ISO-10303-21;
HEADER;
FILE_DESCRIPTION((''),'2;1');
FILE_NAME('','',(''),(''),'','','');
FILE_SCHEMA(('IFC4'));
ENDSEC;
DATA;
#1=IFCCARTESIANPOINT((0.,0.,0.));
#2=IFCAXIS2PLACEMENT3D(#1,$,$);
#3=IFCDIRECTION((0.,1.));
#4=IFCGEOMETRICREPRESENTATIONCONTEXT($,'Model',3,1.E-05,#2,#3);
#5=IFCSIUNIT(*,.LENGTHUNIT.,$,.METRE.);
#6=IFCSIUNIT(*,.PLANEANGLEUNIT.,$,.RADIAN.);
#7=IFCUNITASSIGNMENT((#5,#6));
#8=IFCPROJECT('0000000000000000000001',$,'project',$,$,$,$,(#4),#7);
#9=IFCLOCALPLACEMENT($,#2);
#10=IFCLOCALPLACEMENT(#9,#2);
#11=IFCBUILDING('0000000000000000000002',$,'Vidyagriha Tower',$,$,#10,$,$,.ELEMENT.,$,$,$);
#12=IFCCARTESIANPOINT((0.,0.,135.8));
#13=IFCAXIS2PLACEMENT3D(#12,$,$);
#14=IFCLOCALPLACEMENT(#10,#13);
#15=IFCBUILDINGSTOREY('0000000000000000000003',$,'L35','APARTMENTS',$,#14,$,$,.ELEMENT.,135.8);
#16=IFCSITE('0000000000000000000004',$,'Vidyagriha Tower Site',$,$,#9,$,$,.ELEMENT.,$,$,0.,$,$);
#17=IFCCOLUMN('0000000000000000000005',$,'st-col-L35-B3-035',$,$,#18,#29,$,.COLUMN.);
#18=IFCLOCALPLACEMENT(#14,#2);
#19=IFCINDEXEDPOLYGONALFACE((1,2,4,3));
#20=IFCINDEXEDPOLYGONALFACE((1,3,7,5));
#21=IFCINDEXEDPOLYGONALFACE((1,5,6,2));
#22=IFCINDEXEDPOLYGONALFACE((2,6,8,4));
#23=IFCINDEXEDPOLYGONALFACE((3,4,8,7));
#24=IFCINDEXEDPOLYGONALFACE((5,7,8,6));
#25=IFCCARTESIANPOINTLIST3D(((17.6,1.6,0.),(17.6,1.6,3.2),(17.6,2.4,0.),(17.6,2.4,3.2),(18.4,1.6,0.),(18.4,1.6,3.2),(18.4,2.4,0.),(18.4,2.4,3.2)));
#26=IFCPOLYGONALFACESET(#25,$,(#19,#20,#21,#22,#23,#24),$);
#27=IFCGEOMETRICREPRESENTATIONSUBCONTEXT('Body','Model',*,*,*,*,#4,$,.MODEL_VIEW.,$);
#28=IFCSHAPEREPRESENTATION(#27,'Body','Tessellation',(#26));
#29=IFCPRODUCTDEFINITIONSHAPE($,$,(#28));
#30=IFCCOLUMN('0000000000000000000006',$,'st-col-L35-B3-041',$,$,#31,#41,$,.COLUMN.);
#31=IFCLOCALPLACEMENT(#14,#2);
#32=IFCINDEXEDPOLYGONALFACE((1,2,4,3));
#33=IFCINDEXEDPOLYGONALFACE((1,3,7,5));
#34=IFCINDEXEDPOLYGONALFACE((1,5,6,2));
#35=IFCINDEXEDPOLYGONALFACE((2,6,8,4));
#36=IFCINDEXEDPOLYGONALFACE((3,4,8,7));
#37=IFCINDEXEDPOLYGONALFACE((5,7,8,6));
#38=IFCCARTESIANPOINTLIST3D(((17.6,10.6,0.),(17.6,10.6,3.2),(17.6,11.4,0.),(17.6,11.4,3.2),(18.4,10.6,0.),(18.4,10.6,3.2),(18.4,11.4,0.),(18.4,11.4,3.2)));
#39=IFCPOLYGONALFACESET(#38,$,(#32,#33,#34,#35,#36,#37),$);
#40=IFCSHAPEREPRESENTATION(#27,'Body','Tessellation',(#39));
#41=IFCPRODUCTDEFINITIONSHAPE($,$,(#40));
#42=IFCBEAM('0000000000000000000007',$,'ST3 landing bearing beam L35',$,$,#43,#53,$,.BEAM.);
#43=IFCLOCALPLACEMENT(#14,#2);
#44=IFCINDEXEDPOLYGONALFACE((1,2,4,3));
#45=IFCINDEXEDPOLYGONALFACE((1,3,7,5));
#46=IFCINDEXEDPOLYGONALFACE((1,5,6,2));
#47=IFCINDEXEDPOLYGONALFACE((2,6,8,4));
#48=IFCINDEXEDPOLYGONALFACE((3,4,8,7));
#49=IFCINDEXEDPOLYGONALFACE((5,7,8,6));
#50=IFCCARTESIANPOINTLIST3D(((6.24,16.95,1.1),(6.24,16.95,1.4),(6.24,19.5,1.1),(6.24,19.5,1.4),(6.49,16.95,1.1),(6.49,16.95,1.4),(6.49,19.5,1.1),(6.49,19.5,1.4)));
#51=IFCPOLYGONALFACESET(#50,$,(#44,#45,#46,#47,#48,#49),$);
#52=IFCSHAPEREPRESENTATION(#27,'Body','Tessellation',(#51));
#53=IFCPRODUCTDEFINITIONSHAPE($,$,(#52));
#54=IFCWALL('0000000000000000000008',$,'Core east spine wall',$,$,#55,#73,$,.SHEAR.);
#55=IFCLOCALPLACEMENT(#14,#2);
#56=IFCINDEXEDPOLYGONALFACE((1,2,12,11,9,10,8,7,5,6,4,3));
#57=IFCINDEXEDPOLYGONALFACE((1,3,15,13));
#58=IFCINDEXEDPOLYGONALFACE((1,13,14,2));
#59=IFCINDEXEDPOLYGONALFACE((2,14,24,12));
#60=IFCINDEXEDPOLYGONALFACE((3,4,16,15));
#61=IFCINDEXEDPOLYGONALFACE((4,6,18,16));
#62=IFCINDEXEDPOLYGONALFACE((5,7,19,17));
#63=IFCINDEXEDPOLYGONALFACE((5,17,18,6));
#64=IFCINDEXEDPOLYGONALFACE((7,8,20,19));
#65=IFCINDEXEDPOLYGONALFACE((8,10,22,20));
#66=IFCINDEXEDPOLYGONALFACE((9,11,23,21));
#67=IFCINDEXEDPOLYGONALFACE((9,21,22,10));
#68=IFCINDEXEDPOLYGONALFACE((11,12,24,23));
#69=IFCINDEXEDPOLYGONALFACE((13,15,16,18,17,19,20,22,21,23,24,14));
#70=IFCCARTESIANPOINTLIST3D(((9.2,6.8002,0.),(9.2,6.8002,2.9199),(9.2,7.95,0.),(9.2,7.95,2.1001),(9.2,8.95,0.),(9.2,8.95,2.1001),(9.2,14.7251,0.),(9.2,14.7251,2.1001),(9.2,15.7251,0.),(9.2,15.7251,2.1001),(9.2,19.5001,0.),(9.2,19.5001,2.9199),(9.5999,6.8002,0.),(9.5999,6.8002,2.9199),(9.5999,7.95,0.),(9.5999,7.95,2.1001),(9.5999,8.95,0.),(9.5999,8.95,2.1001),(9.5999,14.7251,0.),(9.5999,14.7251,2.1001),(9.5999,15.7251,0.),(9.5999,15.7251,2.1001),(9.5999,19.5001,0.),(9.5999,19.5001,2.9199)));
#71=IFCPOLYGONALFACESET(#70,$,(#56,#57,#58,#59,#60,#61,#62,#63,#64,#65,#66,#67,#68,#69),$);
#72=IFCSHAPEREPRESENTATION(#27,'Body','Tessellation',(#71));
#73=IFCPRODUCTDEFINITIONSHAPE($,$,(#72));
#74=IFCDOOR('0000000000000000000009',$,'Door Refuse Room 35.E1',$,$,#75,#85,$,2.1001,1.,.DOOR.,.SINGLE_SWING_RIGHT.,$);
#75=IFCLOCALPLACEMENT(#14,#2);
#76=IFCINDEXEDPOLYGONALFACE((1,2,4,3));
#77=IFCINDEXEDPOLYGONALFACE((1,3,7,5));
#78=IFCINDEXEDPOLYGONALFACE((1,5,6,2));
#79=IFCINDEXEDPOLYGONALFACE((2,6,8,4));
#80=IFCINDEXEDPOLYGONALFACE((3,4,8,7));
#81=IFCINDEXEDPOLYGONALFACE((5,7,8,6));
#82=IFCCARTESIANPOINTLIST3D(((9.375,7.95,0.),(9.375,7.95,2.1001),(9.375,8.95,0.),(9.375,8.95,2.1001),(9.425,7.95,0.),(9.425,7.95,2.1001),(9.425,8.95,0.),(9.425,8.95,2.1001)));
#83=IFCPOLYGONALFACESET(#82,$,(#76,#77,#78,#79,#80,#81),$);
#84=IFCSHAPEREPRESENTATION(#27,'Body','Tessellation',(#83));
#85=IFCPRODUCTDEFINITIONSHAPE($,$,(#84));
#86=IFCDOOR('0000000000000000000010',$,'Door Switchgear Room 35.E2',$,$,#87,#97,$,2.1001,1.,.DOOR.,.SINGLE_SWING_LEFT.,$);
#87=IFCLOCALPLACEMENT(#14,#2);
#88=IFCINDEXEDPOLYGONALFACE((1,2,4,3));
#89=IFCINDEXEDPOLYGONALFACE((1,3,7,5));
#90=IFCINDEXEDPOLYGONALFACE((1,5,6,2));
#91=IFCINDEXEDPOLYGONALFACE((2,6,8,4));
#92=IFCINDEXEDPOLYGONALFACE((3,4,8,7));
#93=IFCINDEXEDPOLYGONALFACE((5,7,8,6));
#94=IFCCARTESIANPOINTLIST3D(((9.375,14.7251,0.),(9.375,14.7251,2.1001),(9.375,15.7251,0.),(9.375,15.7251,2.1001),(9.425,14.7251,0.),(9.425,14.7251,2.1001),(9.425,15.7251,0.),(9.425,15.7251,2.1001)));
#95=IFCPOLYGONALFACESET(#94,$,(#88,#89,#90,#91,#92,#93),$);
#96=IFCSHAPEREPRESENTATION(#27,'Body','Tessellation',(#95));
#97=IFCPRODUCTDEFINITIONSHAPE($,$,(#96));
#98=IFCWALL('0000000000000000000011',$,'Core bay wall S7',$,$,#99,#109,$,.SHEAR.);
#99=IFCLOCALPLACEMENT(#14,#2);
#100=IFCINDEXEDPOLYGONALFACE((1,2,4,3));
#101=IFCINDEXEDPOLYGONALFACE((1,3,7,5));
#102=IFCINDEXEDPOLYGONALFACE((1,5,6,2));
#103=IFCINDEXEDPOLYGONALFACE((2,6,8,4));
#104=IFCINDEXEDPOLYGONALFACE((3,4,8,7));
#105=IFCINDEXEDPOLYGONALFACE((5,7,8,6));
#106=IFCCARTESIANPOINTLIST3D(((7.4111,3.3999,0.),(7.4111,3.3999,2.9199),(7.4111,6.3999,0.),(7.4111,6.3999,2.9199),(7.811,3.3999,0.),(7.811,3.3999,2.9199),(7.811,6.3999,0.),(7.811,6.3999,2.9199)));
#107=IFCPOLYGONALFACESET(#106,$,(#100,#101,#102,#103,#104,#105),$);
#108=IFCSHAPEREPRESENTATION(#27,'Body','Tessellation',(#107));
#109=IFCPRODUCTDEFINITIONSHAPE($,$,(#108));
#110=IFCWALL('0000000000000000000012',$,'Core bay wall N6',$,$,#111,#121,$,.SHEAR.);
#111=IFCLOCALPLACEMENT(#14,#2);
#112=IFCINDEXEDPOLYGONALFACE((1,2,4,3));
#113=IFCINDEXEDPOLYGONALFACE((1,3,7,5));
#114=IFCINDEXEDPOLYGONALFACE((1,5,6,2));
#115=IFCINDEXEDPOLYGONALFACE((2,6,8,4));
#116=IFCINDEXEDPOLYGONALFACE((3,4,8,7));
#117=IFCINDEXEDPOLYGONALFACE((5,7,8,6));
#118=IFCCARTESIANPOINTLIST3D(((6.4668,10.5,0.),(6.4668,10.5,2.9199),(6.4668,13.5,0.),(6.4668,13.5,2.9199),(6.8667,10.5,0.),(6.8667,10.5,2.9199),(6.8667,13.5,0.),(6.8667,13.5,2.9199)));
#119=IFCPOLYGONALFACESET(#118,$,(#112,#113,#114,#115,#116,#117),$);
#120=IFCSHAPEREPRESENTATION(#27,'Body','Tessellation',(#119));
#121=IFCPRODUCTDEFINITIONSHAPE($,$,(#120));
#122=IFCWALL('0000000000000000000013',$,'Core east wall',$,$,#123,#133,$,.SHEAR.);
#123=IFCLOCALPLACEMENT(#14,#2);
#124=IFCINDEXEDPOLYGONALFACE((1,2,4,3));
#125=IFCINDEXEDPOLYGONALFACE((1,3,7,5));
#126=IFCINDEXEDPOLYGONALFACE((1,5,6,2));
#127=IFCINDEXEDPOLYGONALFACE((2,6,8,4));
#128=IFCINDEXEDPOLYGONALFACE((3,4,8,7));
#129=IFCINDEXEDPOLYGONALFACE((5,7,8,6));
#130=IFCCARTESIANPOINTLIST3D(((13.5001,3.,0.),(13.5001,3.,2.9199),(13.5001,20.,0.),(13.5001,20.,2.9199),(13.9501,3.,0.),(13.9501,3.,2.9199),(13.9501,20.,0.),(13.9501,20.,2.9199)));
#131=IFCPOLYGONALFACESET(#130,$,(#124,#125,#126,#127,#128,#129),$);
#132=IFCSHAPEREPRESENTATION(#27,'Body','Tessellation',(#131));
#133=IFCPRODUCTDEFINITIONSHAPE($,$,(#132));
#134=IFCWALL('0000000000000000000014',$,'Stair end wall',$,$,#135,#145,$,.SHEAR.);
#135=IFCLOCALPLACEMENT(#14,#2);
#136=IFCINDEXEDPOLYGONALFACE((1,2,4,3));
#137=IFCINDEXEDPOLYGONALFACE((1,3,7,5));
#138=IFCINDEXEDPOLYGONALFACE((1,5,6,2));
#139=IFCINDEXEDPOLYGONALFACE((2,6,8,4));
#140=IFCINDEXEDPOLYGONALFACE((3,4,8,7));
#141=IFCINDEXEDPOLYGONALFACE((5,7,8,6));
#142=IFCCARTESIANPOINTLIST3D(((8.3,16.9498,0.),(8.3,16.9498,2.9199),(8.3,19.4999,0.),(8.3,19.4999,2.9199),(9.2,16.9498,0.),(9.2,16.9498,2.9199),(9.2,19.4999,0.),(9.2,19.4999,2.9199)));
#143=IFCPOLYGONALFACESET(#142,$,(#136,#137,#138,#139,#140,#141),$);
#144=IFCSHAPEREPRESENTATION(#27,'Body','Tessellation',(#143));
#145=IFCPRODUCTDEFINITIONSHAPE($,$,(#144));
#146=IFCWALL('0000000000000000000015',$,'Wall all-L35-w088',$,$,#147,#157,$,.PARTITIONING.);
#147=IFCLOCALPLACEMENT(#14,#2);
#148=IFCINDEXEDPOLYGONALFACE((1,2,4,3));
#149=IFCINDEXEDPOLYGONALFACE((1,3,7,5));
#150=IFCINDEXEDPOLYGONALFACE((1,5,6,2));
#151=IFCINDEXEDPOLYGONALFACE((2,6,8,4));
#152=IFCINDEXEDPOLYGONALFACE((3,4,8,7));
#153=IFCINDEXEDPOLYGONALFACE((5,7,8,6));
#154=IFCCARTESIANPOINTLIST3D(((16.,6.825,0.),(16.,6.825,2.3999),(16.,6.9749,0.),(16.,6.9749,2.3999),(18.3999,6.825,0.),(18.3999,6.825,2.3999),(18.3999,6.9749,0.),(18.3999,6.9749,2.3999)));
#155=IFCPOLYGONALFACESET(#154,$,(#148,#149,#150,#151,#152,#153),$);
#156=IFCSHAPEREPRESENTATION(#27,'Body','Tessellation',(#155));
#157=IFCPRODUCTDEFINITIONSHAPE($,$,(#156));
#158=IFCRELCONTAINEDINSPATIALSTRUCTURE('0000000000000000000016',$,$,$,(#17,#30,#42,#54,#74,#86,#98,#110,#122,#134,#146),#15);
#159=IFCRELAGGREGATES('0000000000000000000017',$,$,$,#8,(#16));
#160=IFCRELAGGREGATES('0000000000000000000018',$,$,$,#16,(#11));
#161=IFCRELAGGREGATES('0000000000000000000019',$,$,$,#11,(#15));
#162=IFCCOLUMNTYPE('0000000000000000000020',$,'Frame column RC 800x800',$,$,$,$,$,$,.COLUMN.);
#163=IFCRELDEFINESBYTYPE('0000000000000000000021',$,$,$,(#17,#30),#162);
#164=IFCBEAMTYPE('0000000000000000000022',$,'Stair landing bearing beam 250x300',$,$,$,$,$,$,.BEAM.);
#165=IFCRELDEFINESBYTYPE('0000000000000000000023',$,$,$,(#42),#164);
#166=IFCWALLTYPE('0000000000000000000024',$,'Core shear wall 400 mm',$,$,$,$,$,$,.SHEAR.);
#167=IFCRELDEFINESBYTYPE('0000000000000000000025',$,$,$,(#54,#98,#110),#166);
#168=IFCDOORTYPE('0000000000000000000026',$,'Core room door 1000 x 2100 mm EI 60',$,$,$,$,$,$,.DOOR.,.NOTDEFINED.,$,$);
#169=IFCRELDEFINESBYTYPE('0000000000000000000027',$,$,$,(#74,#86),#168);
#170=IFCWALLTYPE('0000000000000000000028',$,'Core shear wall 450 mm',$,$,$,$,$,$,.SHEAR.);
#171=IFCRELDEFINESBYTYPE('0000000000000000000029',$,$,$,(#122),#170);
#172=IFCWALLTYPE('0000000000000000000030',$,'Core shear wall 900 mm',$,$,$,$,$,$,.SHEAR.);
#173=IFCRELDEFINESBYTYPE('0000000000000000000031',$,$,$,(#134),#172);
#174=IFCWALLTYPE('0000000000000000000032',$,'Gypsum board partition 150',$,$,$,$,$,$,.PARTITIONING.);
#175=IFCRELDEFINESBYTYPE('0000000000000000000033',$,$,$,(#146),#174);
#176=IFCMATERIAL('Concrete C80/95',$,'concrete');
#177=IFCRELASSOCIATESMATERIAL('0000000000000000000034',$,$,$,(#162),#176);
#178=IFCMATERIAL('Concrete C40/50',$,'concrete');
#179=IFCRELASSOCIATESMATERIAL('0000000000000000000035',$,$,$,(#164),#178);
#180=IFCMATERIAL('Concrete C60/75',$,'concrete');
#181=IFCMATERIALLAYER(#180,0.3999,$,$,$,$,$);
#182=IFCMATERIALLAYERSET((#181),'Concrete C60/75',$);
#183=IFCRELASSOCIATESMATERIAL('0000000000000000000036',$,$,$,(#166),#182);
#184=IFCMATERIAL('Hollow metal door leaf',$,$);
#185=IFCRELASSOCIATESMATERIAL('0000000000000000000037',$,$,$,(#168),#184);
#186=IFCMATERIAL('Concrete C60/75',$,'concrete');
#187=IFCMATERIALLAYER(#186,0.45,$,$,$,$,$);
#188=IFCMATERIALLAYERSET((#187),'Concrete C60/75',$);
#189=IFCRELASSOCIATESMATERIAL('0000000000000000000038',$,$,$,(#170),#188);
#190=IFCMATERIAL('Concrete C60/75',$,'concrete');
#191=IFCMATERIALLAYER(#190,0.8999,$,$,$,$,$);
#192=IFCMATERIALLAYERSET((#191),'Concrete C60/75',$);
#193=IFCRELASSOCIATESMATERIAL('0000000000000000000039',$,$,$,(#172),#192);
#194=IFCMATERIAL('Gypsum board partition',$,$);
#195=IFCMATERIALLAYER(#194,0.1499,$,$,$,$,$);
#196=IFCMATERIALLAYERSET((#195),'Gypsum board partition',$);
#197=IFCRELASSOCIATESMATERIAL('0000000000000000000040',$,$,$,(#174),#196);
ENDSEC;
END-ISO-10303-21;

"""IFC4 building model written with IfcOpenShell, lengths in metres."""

from ifc_helpers import new_model, si_unit, direction, frame, frame_2d, origin, origin_2d, place, context, subcontext, project, spatial, rectangle, extrude, material, layer, layer_set, material_profile, profile_set, type_object, element, fill, save


model = new_model("IFC4")

# Units and contexts
model_context = context("Model", 3, precision=1e-05, world=origin(), true_north=direction((0.0, 1.0)))
body_context = subcontext(model_context, "Body", "Model", "MODEL_VIEW")
ifc_project = project(units=[si_unit("LENGTHUNIT", "METRE"), si_unit("PLANEANGLEUNIT", "RADIAN")], contexts=[model_context])

# Site, building, storey
site_placement = place(None, origin())
site = spatial("IfcSite", under=ifc_project, at=site_placement, Name="Vidyagriha Tower Site", CompositionType="ELEMENT", RefElevation=0.0)
building_placement = place(site_placement, origin())
building = spatial("IfcBuilding", under=site, at=building_placement, Name="Vidyagriha Tower", CompositionType="ELEMENT")
storey_placement = place(building_placement, frame((0.0, 0.0, 135.8)))
storey = spatial("IfcBuildingStorey", under=building, at=storey_placement, Name="L35", Description="APARTMENTS", CompositionType="ELEMENT", Elevation=135.8)

# Columns
ifc_material_1 = material(Name="Concrete C80/95", Category="concrete")
ifc_material_profile_1 = material_profile(ifc_material_1, rectangle(XDim=0.8, YDim=0.8, at=origin_2d()), Name="RC 800x800")
ifc_profile_set_1 = profile_set([ifc_material_profile_1], Name="Concrete C80/95")
column_type = type_object("IfcColumnType", Name="Frame column RC 800x800", PredefinedType="COLUMN", material=ifc_profile_set_1)
for number, where, name in (
    (1, (18.0, 2.0, 0.0), "st-col-L35-B3-035"),
    (2, (18.0, 11.0, 0.0), "st-col-L35-B3-041"),
):
    element("IfcColumn", number, at=place(storey_placement, frame(where)), inside=storey, type_object=column_type, Name=name, PredefinedType="COLUMN", context=body_context, shape_type="SweptSolid", body=[
        extrude(rectangle(XDim=0.8, YDim=0.8, at=origin_2d()), origin(), (0.0, 0.0, 1.0), 3.2),
    ])

# Beam
ifc_material_2 = material(Name="Concrete C40/50", Category="concrete")
ifc_material_profile_2 = material_profile(ifc_material_2, rectangle(XDim=0.25, YDim=0.3, at=origin_2d()), Name="Stair landing bearing beam 250x300")
ifc_profile_set_2 = profile_set([ifc_material_profile_2], Name="Concrete C40/50")
beam_type = type_object("IfcBeamType", Name="Stair landing bearing beam 250x300", PredefinedType="BEAM", material=ifc_profile_set_2)
beam_placement = place(storey_placement, frame((6.365, 16.95, 1.25), z_axis=(0.0, 1.0, 0.0), x_axis=(-1.0, 0.0, 0.0)))
element("IfcBeam", 3, at=beam_placement, inside=storey, type_object=beam_type, Name="ST3 landing bearing beam L35", PredefinedType="BEAM", context=body_context, shape_type="SweptSolid", body=[
    extrude(rectangle(XDim=0.25, YDim=0.3, at=origin_2d()), origin(), (0.0, 0.0, 1.0), 2.55),
])

# Wall, openings, doors
ifc_material_3 = material(Name="Concrete C60/75", Category="concrete")
ifc_layer_1 = layer(ifc_material_3, 0.3999)
ifc_layer_set_1 = layer_set([ifc_layer_1], Name="Concrete C60/75")
wall_type_1 = type_object("IfcWallType", Name="Core shear wall 400 mm", PredefinedType="SHEAR", material=ifc_layer_set_1)
wall_1_placement = place(storey_placement, frame((9.3999, 6.8, 0.0), z_axis=(0.0, 0.0, 1.0), x_axis=(0.0, 1.0, 0.0)))
wall_1 = element("IfcWall", 4, at=wall_1_placement, inside=storey, type_object=wall_type_1, Name="Core east spine wall", PredefinedType="SHEAR", context=body_context, shape_type="SweptSolid", body=[
    extrude(rectangle(XDim=12.7, YDim=0.3999, at=frame_2d((6.3501, 0.0))), origin(), (0.0, 0.0, 1.0), 2.9199),
])
opening_1_placement = place(wall_1_placement, frame((1.1499, 0.0, 0.0)))
opening_1 = element("IfcOpeningElement", 5, at=opening_1_placement, cuts=wall_1, PredefinedType="OPENING", context=body_context, shape_type="SweptSolid", body=[
    extrude(rectangle(XDim=1.0, YDim=2.1001, at=frame_2d((0.5, 1.05))), frame((0.0, 0.21, 0.0), z_axis=(0.0, -1.0, 0.0), x_axis=(1.0, 0.0, 0.0)), (0.0, 0.0, 1.0), 0.4199),
])
opening_2_placement = place(wall_1_placement, frame((7.925, 0.0, 0.0)))
opening_2 = element("IfcOpeningElement", 6, at=opening_2_placement, cuts=wall_1, PredefinedType="OPENING", context=body_context, shape_type="SweptSolid", body=[
    extrude(rectangle(XDim=1.0, YDim=2.1001, at=frame_2d((0.5, 1.05))), frame((0.0, 0.21, 0.0), z_axis=(0.0, -1.0, 0.0), x_axis=(1.0, 0.0, 0.0)), (0.0, 0.0, 1.0), 0.4199),
])
ifc_material_4 = material(Name="Hollow metal door leaf")
door_type_1 = type_object("IfcDoorType", Name="Core room door 1000 x 2100 mm EI 60", OperationType="NOTDEFINED", PredefinedType="DOOR", material=ifc_material_4)
door_1_placement = place(opening_1_placement, origin())
door_1 = element("IfcDoor", 7, at=door_1_placement, inside=storey, type_object=door_type_1, Name="Door Refuse Room 35.E1", OperationType="SINGLE_SWING_RIGHT", OverallHeight=2.1001, OverallWidth=1.0, PredefinedType="DOOR", context=body_context, shape_type="SweptSolid", body=[
    extrude(rectangle(XDim=1.0, YDim=2.1001, at=frame_2d((0.5, 1.05))), frame((0.0, 0.0249, 0.0), z_axis=(0.0, -1.0, 0.0), x_axis=(1.0, 0.0, 0.0)), (0.0, 0.0, 1.0), 0.05),
])
fill(opening_1, door_1)
door_2_placement = place(opening_2_placement, origin())
door_2 = element("IfcDoor", 8, at=door_2_placement, inside=storey, type_object=door_type_1, Name="Door Switchgear Room 35.E2", OperationType="SINGLE_SWING_LEFT", OverallHeight=2.1001, OverallWidth=1.0, PredefinedType="DOOR", context=body_context, shape_type="SweptSolid", body=[
    extrude(rectangle(XDim=1.0, YDim=2.1001, at=frame_2d((0.5, 1.05))), frame((0.0, 0.0249, 0.0), z_axis=(0.0, -1.0, 0.0), x_axis=(1.0, 0.0, 0.0)), (0.0, 0.0, 1.0), 0.05),
])
fill(opening_2, door_2)

# Walls
for number, where, z_axis, x_axis, name in (
    (9, (7.6111, 3.3999, 0.0), (0.0, 0.0, 1.0), (0.0, 1.0, 0.0), "Core bay wall S7"),
    (10, (6.6667, 10.5, 0.0), (0.0, 0.0, 1.0), (0.0, 1.0, 0.0), "Core bay wall N6"),
):
    element("IfcWall", number, at=place(storey_placement, frame(where, z_axis=z_axis, x_axis=x_axis)), inside=storey, type_object=wall_type_1, Name=name, PredefinedType="SHEAR", context=body_context, shape_type="SweptSolid", body=[
        extrude(rectangle(XDim=3.0, YDim=0.3999, at=frame_2d((1.5, 0.0))), origin(), (0.0, 0.0, 1.0), 2.9199),
    ])
ifc_material_5 = material(Name="Concrete C60/75", Category="concrete")
ifc_layer_2 = layer(ifc_material_5, 0.45)
ifc_layer_set_2 = layer_set([ifc_layer_2], Name="Concrete C60/75")
wall_type_2 = type_object("IfcWallType", Name="Core shear wall 450 mm", PredefinedType="SHEAR", material=ifc_layer_set_2)
wall_2_placement = place(storey_placement, frame((13.7251, 3.0, 0.0), z_axis=(0.0, 0.0, 1.0), x_axis=(0.0, 1.0, 0.0)))
element("IfcWall", 11, at=wall_2_placement, inside=storey, type_object=wall_type_2, Name="Core east wall", PredefinedType="SHEAR", context=body_context, shape_type="SweptSolid", body=[
    extrude(rectangle(XDim=17.0, YDim=0.45, at=frame_2d((8.5, 0.0))), origin(), (0.0, 0.0, 1.0), 2.9199),
])
ifc_material_6 = material(Name="Concrete C60/75", Category="concrete")
ifc_layer_3 = layer(ifc_material_6, 0.8999)
ifc_layer_set_3 = layer_set([ifc_layer_3], Name="Concrete C60/75")
wall_type_3 = type_object("IfcWallType", Name="Core shear wall 900 mm", PredefinedType="SHEAR", material=ifc_layer_set_3)
wall_3_placement = place(storey_placement, frame((8.75, 16.95, 0.0), z_axis=(0.0, 0.0, 1.0), x_axis=(0.0, 1.0, 0.0)))
element("IfcWall", 12, at=wall_3_placement, inside=storey, type_object=wall_type_3, Name="Stair end wall", PredefinedType="SHEAR", context=body_context, shape_type="SweptSolid", body=[
    extrude(rectangle(XDim=2.55, YDim=0.8999, at=frame_2d((1.2749, 0.0))), origin(), (0.0, 0.0, 1.0), 2.9199),
])
ifc_material_7 = material(Name="Gypsum board partition")
ifc_layer_4 = layer(ifc_material_7, 0.1499)
ifc_layer_set_4 = layer_set([ifc_layer_4], Name="Gypsum board partition")
wall_type_4 = type_object("IfcWallType", Name="Gypsum board partition 150", PredefinedType="PARTITIONING", material=ifc_layer_set_4)
wall_4_placement = place(storey_placement, frame((16.0, 6.8999, 0.0)))
element("IfcWall", 13, at=wall_4_placement, inside=storey, type_object=wall_type_4, Name="Wall all-L35-w088", PredefinedType="PARTITIONING", context=body_context, shape_type="SweptSolid", body=[
    extrude(rectangle(XDim=2.3999, YDim=0.1499, at=frame_2d((1.2, 0.0))), origin(), (0.0, 0.0, 1.0), 2.3999),
])

save(model, "model.ifc")
